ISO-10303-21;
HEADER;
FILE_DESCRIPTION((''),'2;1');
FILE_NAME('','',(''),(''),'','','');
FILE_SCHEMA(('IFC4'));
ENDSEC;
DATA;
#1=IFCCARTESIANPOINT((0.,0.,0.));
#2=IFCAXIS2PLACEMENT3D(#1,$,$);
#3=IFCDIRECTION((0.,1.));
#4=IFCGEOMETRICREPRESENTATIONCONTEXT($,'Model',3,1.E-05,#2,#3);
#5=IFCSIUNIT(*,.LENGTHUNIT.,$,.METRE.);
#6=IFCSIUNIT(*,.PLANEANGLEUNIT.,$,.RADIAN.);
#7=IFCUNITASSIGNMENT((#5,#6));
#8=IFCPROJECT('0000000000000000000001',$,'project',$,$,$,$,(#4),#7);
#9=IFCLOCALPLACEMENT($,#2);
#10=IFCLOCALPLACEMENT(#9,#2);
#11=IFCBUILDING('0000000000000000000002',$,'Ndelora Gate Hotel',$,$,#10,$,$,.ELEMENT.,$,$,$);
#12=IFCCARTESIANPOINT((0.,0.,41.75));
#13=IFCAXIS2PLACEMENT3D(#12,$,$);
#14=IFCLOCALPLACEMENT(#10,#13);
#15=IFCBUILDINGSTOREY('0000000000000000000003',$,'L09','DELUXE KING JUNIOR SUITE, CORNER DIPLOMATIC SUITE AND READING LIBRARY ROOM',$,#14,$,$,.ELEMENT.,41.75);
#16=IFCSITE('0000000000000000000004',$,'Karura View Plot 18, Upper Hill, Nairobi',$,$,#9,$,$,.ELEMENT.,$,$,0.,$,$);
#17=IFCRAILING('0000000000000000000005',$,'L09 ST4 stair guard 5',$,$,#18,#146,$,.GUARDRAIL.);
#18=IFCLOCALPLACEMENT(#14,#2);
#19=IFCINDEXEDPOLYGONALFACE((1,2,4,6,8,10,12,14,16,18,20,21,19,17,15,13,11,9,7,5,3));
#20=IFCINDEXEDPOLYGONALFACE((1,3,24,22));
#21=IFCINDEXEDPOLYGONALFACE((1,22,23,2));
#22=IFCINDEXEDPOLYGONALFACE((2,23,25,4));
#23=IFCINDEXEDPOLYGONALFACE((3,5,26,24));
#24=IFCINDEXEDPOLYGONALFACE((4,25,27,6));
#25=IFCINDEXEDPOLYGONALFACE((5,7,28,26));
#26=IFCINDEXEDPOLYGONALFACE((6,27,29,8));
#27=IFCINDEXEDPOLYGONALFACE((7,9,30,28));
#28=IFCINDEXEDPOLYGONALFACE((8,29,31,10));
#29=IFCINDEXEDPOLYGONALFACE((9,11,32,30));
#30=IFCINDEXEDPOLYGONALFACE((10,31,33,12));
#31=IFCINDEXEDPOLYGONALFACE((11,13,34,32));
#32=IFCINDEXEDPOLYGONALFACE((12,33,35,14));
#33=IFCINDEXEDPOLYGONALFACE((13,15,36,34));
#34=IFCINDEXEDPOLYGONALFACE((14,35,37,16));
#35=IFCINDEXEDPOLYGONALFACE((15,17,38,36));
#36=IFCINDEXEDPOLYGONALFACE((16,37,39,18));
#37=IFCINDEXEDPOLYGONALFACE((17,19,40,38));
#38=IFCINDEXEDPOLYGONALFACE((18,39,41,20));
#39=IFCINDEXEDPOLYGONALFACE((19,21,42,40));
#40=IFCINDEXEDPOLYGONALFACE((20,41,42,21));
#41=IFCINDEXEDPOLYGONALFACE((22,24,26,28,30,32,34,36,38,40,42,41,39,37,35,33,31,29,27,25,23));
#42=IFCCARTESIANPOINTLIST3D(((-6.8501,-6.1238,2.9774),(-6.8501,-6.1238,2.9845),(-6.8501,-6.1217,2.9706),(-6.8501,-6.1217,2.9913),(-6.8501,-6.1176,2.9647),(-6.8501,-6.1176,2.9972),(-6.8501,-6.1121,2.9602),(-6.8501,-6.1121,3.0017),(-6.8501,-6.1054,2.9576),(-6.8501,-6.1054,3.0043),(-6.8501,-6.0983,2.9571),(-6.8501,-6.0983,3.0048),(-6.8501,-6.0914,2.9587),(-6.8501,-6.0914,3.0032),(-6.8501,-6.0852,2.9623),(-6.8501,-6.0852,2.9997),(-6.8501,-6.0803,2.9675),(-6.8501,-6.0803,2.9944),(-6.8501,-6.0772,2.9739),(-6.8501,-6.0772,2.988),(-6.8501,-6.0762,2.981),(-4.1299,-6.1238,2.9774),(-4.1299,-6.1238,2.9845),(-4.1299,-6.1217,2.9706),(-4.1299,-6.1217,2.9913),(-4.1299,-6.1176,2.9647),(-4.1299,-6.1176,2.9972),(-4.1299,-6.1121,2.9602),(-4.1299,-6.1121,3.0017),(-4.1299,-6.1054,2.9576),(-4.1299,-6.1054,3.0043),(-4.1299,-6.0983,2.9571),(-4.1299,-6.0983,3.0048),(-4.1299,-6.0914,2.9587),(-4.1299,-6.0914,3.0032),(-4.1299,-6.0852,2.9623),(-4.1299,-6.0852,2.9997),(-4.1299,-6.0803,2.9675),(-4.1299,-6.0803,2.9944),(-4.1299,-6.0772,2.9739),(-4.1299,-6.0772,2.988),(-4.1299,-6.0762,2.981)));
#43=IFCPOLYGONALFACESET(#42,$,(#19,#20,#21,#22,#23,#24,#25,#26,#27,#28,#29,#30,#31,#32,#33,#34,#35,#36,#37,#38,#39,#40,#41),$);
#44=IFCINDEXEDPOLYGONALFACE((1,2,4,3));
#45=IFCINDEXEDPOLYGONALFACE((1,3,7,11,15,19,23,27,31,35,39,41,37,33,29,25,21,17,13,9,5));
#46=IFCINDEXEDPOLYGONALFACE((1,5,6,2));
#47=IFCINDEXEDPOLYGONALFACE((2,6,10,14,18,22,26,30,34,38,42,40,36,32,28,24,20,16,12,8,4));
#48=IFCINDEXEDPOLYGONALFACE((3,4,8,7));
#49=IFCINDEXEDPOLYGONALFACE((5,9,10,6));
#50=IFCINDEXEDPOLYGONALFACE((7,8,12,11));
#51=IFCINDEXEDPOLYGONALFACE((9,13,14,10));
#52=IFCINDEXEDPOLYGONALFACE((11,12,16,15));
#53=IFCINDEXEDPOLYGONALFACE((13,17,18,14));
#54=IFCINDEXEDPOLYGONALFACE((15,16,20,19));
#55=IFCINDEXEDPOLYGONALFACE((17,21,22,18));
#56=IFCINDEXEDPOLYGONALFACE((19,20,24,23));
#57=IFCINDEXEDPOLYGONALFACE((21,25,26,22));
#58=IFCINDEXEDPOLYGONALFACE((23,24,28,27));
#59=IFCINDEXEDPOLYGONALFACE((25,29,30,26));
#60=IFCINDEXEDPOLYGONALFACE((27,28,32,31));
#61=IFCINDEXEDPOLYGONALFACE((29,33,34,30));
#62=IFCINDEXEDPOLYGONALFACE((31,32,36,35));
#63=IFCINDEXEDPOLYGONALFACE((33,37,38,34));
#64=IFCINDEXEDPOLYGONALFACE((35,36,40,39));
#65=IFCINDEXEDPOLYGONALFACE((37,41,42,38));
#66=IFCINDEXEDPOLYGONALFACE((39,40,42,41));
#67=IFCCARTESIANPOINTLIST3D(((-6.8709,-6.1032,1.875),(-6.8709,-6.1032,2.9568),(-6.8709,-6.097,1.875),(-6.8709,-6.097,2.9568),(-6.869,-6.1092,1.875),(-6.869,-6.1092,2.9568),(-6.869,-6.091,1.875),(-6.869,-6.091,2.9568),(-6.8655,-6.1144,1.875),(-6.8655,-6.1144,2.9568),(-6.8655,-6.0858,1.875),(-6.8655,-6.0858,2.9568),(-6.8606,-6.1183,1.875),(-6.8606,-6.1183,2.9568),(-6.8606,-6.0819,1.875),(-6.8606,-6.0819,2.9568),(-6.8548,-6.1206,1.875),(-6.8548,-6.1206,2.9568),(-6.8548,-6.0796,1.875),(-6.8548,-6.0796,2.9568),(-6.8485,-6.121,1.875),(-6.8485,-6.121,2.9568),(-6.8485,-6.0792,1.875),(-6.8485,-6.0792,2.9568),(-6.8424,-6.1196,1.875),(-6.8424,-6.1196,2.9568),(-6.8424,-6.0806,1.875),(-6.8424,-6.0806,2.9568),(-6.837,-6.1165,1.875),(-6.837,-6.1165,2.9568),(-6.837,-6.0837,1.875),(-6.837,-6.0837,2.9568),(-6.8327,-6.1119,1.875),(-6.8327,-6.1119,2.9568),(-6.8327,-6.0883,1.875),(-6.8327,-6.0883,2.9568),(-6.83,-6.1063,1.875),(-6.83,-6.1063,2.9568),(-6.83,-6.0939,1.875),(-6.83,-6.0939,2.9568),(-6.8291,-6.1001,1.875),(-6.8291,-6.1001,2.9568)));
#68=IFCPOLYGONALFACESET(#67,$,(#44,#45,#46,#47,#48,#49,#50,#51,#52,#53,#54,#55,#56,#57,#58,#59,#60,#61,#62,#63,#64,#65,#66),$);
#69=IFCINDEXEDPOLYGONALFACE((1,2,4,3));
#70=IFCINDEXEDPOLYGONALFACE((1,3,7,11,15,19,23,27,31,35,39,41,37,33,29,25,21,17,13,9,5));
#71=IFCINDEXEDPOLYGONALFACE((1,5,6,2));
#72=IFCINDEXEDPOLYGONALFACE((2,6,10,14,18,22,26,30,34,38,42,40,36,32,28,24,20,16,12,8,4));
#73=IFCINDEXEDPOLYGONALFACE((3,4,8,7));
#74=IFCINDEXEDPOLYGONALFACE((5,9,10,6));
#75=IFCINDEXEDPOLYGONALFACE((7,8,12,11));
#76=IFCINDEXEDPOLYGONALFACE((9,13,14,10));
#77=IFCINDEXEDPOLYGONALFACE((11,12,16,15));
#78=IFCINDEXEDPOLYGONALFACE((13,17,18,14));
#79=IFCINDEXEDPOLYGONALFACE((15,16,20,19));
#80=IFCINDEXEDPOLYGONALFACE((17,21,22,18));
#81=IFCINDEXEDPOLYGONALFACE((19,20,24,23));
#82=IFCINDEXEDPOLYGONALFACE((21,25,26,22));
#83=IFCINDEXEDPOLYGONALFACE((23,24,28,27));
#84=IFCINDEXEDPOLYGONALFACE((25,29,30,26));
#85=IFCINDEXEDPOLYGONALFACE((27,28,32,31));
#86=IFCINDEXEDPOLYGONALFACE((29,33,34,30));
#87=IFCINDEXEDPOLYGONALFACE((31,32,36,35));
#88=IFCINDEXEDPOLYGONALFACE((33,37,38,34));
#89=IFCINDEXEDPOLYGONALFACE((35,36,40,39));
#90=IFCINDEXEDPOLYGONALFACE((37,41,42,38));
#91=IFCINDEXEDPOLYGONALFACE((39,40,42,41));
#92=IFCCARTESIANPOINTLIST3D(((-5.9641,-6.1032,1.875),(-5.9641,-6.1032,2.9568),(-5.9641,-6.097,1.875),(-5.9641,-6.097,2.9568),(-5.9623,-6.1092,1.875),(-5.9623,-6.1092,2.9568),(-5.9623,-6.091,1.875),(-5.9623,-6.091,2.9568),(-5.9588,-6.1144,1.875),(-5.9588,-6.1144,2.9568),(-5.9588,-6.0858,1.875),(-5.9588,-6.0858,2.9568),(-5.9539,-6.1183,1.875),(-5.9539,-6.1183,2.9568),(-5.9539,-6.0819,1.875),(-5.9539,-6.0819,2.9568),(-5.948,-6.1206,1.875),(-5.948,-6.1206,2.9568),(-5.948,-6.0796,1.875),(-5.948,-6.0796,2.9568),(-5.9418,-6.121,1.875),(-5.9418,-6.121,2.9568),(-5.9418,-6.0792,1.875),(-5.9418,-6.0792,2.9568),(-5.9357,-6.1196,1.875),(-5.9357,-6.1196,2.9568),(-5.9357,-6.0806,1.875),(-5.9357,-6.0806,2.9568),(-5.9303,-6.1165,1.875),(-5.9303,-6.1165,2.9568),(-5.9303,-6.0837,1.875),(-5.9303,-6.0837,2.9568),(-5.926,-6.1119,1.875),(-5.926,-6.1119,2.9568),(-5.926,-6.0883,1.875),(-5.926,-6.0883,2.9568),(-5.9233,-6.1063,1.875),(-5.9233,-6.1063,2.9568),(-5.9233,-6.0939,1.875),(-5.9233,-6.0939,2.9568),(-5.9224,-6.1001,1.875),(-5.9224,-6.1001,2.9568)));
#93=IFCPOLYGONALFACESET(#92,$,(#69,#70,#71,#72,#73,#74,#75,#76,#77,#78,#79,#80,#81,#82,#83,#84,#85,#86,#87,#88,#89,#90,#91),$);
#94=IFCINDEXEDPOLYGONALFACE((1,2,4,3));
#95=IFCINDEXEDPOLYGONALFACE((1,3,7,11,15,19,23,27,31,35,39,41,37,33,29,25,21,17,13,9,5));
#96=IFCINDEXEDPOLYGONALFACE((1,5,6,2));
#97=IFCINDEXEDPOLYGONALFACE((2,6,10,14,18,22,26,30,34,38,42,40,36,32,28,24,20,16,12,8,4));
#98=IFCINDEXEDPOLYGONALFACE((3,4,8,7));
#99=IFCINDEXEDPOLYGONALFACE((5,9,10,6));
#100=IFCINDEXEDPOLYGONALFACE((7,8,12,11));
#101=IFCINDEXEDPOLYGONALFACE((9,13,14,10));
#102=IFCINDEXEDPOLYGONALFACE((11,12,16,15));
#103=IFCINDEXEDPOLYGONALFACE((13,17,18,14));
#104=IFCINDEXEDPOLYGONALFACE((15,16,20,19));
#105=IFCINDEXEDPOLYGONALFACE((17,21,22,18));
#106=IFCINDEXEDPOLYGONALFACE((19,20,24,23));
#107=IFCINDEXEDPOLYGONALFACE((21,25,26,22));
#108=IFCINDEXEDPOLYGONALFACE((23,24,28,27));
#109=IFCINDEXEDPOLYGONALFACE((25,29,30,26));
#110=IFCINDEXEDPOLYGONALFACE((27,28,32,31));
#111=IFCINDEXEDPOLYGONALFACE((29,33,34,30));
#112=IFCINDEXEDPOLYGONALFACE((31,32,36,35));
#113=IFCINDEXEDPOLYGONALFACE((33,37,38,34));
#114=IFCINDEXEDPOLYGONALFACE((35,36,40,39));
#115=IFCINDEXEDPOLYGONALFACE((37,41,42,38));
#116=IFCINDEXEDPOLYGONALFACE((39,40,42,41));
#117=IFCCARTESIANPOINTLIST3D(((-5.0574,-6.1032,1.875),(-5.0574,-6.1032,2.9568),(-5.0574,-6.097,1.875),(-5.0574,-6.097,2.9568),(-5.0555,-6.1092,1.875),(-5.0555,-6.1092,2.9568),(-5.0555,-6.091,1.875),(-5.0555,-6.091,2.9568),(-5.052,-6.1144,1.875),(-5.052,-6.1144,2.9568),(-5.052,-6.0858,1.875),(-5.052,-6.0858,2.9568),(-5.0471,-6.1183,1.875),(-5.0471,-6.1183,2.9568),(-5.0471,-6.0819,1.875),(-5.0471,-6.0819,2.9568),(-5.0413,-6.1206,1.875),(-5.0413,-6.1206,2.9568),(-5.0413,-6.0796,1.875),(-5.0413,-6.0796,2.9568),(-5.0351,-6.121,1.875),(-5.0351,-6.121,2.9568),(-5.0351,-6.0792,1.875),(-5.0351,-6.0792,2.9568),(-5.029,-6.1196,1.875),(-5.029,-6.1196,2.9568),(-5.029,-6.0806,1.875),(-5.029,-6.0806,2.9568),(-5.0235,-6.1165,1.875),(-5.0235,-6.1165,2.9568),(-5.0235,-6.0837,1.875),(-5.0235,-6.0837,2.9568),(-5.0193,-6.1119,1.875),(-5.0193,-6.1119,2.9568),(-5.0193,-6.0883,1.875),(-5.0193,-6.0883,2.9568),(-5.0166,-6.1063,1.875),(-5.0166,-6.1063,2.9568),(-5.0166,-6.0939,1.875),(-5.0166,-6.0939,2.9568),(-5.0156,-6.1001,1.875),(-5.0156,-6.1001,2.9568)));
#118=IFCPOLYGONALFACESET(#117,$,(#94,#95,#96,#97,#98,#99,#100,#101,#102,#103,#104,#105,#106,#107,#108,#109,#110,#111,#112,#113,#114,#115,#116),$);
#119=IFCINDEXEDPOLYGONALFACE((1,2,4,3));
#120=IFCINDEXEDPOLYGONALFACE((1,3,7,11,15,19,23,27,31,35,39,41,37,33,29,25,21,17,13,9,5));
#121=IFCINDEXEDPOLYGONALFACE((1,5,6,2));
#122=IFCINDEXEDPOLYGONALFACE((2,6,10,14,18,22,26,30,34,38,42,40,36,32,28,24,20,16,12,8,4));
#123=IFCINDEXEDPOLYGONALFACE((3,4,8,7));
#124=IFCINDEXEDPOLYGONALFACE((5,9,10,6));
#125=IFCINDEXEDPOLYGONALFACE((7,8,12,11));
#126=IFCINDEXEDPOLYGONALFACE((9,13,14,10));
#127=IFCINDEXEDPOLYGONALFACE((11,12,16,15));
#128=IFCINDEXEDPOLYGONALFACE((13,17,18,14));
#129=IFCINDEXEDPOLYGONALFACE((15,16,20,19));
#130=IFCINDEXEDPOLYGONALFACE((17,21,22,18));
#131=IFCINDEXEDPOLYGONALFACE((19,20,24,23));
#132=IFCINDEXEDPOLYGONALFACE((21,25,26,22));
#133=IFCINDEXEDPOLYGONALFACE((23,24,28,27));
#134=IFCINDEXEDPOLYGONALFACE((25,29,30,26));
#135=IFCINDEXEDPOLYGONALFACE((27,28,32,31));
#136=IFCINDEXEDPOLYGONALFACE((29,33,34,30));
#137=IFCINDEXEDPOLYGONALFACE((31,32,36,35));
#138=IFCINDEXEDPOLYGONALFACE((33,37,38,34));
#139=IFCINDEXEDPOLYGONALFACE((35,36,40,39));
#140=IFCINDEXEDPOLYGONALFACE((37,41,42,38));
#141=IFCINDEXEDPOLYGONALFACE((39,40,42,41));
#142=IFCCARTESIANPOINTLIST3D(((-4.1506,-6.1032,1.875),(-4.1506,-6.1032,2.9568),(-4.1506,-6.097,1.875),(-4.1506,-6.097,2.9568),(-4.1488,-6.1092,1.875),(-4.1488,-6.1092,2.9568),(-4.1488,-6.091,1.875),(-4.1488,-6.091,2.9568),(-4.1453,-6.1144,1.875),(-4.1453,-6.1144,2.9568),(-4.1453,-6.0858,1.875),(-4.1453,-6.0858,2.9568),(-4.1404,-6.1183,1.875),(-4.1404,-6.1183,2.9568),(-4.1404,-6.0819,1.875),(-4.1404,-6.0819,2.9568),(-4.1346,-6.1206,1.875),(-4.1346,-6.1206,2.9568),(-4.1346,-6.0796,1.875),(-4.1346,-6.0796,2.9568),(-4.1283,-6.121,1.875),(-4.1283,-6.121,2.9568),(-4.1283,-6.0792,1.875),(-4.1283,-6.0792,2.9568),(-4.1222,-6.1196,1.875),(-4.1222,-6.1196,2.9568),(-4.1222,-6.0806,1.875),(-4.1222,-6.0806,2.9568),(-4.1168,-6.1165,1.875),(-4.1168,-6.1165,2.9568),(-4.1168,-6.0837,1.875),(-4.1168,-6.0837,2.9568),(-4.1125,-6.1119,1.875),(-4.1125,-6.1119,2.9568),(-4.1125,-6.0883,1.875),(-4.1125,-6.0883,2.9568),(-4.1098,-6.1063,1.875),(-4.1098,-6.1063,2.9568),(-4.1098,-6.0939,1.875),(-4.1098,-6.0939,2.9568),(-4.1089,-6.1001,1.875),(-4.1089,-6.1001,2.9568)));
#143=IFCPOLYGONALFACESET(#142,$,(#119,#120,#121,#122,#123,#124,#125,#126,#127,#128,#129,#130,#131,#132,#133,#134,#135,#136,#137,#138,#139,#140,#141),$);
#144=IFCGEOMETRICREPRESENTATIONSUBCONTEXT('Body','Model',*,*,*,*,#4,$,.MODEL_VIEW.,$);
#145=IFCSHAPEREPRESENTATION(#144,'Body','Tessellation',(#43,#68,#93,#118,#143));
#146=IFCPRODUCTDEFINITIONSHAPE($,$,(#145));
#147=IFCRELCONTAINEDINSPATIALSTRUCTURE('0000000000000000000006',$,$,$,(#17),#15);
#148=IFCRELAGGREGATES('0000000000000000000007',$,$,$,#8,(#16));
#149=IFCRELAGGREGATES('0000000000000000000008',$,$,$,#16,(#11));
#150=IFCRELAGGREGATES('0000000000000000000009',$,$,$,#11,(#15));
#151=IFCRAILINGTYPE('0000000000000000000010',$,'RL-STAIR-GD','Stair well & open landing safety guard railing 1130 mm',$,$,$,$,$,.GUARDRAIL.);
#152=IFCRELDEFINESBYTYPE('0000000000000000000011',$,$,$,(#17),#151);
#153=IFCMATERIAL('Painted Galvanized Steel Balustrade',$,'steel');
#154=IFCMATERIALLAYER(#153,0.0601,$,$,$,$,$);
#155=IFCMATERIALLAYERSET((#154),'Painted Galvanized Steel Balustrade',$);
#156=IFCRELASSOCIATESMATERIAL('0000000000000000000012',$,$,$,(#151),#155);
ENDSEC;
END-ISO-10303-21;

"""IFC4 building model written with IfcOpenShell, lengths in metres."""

from ifc_helpers import new_model, si_unit, direction, frame, origin, origin_2d, place, context, subcontext, project, spatial, circle, extrude, material, layer, layer_set, type_object, element, save


model = new_model("IFC4")

# Units and contexts
model_context = context("Model", 3, precision=1e-05, world=origin(), true_north=direction((0.0, 1.0)))
body_context = subcontext(model_context, "Body", "Model", "MODEL_VIEW")
ifc_project = project(units=[si_unit("LENGTHUNIT", "METRE"), si_unit("PLANEANGLEUNIT", "RADIAN")], contexts=[model_context])

# Site, building, storey
site_placement = place(None, origin())
site = spatial("IfcSite", under=ifc_project, at=site_placement, Name="Karura View Plot 18, Upper Hill, Nairobi", CompositionType="ELEMENT", RefElevation=0.0)
building_placement = place(site_placement, origin())
building = spatial("IfcBuilding", under=site, at=building_placement, Name="Ndelora Gate Hotel", CompositionType="ELEMENT")
storey_placement = place(building_placement, frame((0.0, 0.0, 41.75)))
storey = spatial("IfcBuildingStorey", under=building, at=storey_placement, Name="L09", Description="DELUXE KING JUNIOR SUITE, CORNER DIPLOMATIC SUITE AND READING LIBRARY ROOM", CompositionType="ELEMENT", Elevation=41.75)

# Railing
ifc_material_1 = material(Name="Painted Galvanized Steel Balustrade", Category="steel")
ifc_layer_1 = layer(ifc_material_1, 0.0601)
ifc_layer_set_1 = layer_set([ifc_layer_1], Name="Painted Galvanized Steel Balustrade")
railing_type = type_object("IfcRailingType", Name="RL-STAIR-GD", Description="Stair well & open landing safety guard railing 1130 mm", PredefinedType="GUARDRAIL", material=ifc_layer_set_1)
railing_1_placement = place(storey_placement, frame((-6.8501, -6.1001, 1.875)))
element("IfcRailing", 1, at=railing_1_placement, inside=storey, type_object=railing_type, Name="L09 ST4 stair guard 5", PredefinedType="GUARDRAIL", context=body_context, shape_type="SweptSolid", body=[
    extrude(circle(Radius=0.0239, at=origin_2d()), frame((0.0, 0.0, 1.106), z_axis=(1.0, 0.0, 0.0), x_axis=(0.0, 1.0, 0.0)), (0.0, 0.0, 1.0), 2.7202),
    extrude(circle(Radius=0.021, at=origin_2d()), origin(), (0.0, 0.0, 1.0), 1.0818),
    extrude(circle(Radius=0.021, at=origin_2d()), frame((0.9067, 0.0, 0.0)), (0.0, 0.0, 1.0), 1.0818),
    extrude(circle(Radius=0.021, at=origin_2d()), frame((1.8135, 0.0, 0.0)), (0.0, 0.0, 1.0), 1.0818),
    extrude(circle(Radius=0.021, at=origin_2d()), frame((2.7202, 0.0, 0.0)), (0.0, 0.0, 1.0), 1.0818),
])

save(model, "model.ifc")
